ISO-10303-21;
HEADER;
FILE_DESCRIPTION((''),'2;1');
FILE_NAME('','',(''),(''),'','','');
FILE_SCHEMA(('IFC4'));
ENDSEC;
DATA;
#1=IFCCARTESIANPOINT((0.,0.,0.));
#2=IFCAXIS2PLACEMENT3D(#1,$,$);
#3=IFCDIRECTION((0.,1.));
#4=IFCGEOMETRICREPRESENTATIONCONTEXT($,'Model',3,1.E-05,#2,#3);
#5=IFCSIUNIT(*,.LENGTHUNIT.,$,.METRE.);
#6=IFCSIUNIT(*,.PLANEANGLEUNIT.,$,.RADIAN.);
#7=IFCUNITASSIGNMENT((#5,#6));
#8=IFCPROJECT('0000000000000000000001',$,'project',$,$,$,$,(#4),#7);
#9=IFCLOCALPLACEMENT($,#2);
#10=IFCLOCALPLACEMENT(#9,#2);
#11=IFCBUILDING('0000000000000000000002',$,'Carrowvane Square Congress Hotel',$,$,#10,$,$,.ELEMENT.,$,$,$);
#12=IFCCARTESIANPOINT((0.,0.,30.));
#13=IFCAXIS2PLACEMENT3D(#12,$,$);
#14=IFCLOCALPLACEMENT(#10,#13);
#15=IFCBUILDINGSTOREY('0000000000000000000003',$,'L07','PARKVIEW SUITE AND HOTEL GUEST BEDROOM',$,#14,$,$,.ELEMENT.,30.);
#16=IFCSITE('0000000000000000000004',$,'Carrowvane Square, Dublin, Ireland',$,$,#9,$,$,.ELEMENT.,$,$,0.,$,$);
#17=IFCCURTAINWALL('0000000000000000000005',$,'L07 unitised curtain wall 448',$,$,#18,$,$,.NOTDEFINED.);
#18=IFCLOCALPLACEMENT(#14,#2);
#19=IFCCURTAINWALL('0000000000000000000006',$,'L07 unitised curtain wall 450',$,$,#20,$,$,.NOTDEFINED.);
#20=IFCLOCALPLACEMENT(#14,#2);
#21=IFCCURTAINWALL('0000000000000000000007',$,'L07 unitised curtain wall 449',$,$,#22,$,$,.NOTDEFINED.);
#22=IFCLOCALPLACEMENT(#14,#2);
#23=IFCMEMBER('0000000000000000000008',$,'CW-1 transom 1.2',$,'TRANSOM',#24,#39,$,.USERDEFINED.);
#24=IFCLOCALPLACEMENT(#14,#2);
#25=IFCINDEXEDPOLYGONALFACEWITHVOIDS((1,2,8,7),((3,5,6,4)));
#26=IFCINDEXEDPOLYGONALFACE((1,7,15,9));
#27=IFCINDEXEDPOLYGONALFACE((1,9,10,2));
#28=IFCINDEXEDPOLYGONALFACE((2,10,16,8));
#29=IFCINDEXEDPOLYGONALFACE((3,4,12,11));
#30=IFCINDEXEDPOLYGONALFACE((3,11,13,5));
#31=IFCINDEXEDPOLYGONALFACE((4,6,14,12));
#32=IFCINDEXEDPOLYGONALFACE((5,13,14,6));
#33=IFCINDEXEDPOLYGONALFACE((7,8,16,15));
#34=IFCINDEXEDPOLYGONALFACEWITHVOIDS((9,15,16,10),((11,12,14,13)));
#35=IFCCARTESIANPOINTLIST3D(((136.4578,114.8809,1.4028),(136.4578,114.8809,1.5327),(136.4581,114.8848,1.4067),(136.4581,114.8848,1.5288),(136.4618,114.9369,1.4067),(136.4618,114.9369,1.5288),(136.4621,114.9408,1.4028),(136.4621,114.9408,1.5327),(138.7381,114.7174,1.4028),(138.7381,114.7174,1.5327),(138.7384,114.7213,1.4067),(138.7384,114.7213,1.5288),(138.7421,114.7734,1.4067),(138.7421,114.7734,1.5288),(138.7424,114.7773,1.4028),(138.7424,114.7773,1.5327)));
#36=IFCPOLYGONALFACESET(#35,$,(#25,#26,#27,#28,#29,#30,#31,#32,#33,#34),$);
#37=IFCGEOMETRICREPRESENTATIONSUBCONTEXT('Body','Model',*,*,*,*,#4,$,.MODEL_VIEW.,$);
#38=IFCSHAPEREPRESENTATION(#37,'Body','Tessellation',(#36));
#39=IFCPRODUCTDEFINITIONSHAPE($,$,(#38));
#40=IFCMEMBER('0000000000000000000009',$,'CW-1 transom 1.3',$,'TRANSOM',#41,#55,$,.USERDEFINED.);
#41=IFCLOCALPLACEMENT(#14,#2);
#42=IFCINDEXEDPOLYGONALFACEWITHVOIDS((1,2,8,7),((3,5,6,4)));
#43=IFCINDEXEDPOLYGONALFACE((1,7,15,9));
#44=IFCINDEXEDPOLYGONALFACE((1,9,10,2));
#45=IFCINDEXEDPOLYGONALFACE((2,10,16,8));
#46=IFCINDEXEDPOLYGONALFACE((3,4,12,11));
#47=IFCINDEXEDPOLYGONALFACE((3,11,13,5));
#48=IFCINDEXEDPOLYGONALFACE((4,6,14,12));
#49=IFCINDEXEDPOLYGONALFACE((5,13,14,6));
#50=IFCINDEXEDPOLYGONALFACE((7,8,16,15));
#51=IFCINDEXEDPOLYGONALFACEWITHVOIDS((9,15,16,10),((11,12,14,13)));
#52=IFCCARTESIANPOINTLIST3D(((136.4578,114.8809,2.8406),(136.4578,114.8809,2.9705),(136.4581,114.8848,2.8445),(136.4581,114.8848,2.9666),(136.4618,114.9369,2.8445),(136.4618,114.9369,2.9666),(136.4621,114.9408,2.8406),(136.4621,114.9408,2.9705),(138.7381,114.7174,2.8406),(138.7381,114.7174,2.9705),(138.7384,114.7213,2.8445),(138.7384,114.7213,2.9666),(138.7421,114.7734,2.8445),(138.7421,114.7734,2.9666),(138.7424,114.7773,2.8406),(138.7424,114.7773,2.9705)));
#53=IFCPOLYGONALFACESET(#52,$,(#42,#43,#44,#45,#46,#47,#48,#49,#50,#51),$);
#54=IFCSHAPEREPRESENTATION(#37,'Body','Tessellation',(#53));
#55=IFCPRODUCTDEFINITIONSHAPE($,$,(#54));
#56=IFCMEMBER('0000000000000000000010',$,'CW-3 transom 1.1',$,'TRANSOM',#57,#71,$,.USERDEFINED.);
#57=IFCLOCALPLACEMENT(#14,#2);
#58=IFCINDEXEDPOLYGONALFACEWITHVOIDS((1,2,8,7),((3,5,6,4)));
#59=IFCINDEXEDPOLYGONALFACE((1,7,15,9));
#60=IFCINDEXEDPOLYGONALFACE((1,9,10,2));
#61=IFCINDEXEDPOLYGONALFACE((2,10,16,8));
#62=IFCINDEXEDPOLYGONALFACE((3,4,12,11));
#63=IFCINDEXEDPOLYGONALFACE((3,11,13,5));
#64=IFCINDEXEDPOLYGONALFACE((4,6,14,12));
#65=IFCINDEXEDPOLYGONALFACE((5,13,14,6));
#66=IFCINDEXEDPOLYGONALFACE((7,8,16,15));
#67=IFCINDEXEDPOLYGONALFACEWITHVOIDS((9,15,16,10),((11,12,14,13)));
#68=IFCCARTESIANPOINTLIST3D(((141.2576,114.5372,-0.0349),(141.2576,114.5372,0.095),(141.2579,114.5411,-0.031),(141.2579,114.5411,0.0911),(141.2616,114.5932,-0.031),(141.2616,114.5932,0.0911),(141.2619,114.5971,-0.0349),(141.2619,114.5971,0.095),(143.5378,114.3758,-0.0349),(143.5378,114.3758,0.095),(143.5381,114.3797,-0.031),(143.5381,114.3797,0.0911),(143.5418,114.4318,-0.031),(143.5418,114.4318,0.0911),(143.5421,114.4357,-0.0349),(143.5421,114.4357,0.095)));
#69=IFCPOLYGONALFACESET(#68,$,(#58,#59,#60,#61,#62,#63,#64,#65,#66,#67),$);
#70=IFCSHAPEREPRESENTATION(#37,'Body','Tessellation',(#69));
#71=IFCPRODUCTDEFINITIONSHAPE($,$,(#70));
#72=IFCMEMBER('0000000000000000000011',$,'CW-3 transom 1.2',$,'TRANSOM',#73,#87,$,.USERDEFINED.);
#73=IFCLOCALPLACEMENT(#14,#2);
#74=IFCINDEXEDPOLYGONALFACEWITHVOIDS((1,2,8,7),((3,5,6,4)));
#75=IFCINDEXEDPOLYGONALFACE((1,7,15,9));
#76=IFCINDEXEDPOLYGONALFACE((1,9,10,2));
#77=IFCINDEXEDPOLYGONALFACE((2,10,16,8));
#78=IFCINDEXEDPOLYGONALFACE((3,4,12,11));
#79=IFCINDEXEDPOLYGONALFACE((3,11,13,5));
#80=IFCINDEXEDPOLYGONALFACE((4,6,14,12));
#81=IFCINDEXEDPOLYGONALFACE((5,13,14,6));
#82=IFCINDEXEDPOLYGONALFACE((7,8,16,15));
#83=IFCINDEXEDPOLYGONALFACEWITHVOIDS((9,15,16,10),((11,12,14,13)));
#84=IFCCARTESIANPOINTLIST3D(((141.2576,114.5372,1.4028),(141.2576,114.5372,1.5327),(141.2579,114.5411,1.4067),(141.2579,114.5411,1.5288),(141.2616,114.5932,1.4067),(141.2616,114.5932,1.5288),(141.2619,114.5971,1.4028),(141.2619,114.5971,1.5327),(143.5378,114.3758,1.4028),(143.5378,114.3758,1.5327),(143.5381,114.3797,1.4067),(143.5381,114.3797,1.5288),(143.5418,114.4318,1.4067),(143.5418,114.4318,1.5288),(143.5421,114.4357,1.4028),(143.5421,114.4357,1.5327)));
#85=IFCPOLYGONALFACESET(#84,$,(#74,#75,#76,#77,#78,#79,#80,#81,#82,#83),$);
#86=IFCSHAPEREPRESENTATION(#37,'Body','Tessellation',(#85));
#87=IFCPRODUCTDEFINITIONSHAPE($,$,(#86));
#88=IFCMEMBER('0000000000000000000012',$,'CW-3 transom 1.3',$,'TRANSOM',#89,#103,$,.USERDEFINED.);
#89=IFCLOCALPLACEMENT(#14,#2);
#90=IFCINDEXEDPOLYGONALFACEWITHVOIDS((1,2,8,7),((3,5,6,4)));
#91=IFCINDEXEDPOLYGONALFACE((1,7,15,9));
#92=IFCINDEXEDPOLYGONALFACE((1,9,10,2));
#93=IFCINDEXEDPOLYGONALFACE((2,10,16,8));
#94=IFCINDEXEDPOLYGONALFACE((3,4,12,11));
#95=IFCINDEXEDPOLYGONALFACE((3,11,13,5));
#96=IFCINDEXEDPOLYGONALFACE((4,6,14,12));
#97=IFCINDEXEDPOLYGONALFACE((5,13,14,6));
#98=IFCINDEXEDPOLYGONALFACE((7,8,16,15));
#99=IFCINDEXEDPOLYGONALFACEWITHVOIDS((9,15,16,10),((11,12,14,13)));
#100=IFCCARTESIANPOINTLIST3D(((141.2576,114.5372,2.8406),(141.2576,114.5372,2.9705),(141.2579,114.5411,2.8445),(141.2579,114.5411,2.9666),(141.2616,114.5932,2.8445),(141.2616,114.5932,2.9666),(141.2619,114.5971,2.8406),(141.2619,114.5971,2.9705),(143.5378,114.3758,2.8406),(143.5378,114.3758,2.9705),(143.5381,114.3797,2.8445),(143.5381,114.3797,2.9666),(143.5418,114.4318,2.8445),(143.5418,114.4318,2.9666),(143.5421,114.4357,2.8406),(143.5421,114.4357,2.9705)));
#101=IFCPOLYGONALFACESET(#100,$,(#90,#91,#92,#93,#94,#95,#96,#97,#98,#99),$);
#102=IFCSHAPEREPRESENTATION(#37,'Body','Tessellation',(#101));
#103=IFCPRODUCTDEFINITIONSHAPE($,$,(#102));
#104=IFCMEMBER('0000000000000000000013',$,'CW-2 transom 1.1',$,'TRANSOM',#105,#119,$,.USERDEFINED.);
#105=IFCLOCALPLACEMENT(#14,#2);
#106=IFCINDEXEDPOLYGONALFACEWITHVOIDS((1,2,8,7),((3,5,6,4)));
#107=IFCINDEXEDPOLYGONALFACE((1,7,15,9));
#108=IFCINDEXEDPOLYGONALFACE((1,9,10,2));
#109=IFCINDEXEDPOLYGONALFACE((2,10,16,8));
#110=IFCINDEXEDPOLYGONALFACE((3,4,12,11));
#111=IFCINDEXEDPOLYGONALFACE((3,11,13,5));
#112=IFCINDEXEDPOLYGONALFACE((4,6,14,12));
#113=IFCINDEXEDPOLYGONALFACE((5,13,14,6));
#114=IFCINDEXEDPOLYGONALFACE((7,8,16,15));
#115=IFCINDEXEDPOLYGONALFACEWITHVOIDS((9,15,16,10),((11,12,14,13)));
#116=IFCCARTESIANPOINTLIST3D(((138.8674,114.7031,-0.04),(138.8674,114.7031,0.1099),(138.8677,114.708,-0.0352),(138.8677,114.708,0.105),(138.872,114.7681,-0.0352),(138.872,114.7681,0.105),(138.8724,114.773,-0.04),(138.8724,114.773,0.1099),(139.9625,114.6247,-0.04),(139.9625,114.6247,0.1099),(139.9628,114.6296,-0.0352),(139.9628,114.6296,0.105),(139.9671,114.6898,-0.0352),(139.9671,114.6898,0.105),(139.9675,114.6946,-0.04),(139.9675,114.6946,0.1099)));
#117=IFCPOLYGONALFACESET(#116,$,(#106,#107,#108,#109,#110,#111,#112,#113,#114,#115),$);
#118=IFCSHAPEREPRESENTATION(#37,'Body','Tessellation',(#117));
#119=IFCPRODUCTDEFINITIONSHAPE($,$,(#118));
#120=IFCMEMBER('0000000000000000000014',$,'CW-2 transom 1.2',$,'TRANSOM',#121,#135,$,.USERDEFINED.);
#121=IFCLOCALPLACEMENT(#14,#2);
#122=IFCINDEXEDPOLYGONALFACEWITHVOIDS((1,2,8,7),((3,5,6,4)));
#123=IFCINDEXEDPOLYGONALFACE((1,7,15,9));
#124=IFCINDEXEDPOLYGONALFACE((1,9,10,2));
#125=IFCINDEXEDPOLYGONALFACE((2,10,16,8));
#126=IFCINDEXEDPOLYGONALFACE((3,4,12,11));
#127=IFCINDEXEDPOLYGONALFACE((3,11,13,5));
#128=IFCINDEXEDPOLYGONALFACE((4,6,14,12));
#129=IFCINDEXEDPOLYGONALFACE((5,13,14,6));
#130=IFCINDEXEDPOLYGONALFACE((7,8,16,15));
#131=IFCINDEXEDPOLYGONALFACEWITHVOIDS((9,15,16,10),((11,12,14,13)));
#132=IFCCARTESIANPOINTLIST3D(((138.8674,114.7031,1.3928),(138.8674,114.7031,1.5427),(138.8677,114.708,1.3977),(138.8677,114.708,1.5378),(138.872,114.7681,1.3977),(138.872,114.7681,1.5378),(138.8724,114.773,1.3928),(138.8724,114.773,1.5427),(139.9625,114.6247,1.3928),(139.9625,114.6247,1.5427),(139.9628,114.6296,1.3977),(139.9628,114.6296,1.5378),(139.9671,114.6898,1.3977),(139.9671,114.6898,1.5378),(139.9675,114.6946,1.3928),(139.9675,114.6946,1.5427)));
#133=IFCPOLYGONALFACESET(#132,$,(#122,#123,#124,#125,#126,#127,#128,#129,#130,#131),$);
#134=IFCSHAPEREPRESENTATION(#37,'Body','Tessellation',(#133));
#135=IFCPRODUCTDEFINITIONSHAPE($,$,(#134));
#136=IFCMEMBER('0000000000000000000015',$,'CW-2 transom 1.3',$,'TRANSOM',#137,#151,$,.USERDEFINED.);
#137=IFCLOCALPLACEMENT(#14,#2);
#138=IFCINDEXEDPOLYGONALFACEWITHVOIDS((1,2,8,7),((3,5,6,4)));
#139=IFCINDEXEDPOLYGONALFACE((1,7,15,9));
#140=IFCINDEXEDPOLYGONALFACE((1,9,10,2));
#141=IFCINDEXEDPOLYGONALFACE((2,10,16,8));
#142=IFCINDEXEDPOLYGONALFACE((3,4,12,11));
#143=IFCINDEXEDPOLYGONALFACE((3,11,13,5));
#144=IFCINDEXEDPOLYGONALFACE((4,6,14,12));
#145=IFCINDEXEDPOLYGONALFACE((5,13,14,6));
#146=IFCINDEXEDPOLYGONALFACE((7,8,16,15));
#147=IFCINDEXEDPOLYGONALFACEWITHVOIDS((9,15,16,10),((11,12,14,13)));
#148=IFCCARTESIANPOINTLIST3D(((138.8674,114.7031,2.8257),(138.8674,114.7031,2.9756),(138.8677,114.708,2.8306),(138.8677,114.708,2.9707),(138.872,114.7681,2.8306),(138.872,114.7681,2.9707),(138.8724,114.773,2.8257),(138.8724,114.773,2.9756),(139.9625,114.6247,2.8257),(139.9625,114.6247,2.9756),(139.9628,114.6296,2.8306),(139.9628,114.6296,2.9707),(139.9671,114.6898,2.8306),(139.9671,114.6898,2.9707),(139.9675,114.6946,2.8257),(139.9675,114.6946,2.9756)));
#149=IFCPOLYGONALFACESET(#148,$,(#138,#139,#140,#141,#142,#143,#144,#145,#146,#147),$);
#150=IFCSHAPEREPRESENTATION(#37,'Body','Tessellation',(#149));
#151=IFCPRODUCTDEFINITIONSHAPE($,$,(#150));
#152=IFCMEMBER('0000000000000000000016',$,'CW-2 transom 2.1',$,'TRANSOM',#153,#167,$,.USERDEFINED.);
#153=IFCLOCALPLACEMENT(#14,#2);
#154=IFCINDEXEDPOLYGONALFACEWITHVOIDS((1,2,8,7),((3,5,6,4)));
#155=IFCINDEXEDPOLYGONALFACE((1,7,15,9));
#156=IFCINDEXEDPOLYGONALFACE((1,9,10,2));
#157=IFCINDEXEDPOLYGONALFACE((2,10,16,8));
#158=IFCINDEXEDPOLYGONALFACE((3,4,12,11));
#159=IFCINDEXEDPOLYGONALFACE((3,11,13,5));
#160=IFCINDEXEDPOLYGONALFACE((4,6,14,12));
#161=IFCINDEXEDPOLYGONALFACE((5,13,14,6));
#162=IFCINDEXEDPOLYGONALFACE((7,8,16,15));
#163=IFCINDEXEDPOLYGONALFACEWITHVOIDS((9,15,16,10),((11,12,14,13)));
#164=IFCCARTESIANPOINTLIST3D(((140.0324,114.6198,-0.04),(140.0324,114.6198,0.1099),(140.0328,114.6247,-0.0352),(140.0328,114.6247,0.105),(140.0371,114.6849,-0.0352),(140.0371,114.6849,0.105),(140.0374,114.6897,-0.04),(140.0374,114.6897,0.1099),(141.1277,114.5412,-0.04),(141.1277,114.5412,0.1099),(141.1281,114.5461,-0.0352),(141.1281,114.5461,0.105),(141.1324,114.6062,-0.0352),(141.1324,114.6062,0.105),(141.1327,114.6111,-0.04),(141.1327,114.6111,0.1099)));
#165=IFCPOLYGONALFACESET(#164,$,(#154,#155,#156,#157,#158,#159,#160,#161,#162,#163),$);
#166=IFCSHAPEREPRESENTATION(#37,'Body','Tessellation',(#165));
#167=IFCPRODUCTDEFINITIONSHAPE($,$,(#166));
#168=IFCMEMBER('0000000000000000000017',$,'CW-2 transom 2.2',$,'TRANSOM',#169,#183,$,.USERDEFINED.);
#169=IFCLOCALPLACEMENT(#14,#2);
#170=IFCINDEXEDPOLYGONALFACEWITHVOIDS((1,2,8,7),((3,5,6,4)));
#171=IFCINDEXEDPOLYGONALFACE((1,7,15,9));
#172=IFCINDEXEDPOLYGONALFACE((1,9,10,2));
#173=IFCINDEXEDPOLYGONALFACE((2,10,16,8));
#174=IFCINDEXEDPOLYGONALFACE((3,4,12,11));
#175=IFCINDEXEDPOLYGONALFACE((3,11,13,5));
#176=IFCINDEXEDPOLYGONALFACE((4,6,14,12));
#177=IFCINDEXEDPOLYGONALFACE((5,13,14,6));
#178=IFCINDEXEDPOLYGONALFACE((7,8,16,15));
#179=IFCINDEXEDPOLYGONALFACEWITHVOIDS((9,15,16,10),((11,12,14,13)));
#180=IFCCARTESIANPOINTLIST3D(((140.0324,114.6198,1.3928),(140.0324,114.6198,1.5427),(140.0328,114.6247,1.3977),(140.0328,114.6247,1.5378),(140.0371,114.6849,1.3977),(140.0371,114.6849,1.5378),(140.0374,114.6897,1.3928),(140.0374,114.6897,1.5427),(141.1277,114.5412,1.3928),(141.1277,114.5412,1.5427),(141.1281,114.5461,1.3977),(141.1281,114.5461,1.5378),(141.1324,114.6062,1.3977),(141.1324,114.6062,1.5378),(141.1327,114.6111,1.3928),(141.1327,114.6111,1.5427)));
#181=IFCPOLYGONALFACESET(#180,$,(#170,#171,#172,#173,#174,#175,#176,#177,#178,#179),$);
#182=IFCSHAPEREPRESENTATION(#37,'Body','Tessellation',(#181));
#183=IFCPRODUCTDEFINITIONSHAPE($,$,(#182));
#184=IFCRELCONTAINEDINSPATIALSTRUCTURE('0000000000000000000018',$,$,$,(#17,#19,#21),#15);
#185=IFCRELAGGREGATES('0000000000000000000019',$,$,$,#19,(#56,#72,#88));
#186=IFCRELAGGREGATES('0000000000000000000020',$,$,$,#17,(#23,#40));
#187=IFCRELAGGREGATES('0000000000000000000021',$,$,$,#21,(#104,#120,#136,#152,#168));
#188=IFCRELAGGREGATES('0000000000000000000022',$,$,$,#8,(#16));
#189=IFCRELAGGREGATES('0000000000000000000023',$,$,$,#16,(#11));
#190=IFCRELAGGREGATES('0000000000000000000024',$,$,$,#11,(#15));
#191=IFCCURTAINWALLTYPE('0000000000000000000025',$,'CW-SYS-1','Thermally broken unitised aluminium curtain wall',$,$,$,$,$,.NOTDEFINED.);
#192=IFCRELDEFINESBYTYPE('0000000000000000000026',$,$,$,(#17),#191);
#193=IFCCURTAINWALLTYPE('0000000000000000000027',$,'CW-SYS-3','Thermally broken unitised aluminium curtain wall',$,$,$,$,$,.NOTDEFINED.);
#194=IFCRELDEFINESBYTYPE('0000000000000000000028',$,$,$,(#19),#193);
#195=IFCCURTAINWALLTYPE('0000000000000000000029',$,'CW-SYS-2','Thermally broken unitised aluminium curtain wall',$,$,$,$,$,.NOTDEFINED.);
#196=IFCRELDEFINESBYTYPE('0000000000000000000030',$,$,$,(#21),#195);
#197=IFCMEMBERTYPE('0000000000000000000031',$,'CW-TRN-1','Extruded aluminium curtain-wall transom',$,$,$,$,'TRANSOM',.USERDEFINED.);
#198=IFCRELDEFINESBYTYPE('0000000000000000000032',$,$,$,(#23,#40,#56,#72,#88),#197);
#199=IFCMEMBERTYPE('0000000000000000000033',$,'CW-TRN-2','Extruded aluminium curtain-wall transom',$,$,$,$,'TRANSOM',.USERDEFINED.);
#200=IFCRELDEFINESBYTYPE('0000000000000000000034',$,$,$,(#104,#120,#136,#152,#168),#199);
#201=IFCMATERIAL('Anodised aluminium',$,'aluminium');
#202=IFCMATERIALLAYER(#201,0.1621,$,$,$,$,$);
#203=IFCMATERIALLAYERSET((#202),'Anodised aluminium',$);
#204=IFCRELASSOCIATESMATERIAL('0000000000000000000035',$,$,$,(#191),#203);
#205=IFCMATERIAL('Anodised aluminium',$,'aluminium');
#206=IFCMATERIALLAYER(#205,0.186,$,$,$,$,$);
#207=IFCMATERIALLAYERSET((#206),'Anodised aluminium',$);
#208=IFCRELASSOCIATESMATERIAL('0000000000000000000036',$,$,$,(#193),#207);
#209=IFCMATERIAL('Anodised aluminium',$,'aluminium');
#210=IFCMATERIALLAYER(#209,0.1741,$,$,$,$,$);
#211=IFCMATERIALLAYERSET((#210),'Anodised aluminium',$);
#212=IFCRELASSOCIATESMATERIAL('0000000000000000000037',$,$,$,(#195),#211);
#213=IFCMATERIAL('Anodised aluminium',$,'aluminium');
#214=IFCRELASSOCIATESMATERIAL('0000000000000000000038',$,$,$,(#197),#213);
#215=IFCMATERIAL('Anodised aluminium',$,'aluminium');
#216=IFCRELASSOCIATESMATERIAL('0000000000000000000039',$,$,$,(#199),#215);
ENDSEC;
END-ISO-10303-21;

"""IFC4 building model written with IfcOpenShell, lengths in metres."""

from ifc_helpers import new_model, si_unit, direction, frame, origin, origin_2d, place, context, subcontext, project, spatial, hollow_rectangle, extrude, material, layer, layer_set, material_profile, profile_set, type_object, element, aggregate, save


model = new_model("IFC4")

# Units and contexts
model_context = context("Model", 3, precision=1e-05, world=origin(), true_north=direction((0.0, 1.0)))
body_context = subcontext(model_context, "Body", "Model", "MODEL_VIEW")
ifc_project = project(units=[si_unit("LENGTHUNIT", "METRE"), si_unit("PLANEANGLEUNIT", "RADIAN")], contexts=[model_context])

# Site, building, storey
site_placement = place(None, origin())
site = spatial("IfcSite", under=ifc_project, at=site_placement, Name="Carrowvane Square, Dublin, Ireland", CompositionType="ELEMENT", RefElevation=0.0)
building_placement = place(site_placement, origin())
building = spatial("IfcBuilding", under=site, at=building_placement, Name="Carrowvane Square Congress Hotel", CompositionType="ELEMENT")
storey_placement = place(building_placement, frame((0.0, 0.0, 30.0)))
storey = spatial("IfcBuildingStorey", under=building, at=storey_placement, Name="L07", Description="PARKVIEW SUITE AND HOTEL GUEST BEDROOM", CompositionType="ELEMENT", Elevation=30.0)

# Curtain walls
ifc_material_1 = material(Name="Anodised aluminium", Category="aluminium")
ifc_layer_1 = layer(ifc_material_1, 0.1621)
ifc_layer_set_1 = layer_set([ifc_layer_1], Name="Anodised aluminium")
curtain_wall_type_1 = type_object("IfcCurtainWallType", Name="CW-SYS-1", Description="Thermally broken unitised aluminium curtain wall", PredefinedType="NOTDEFINED", material=ifc_layer_set_1)
curtain_wall_1_placement = place(storey_placement, origin())
curtain_wall_1 = element("IfcCurtainWall", 1, at=curtain_wall_1_placement, inside=storey, type_object=curtain_wall_type_1, Name="L07 unitised curtain wall 448", PredefinedType="NOTDEFINED")
ifc_material_2 = material(Name="Anodised aluminium", Category="aluminium")
ifc_layer_2 = layer(ifc_material_2, 0.186)
ifc_layer_set_2 = layer_set([ifc_layer_2], Name="Anodised aluminium")
curtain_wall_type_2 = type_object("IfcCurtainWallType", Name="CW-SYS-3", Description="Thermally broken unitised aluminium curtain wall", PredefinedType="NOTDEFINED", material=ifc_layer_set_2)
curtain_wall_2_placement = place(storey_placement, origin())
curtain_wall_2 = element("IfcCurtainWall", 2, at=curtain_wall_2_placement, inside=storey, type_object=curtain_wall_type_2, Name="L07 unitised curtain wall 450", PredefinedType="NOTDEFINED")

# Curtain wall
ifc_material_3 = material(Name="Anodised aluminium", Category="aluminium")
ifc_layer_3 = layer(ifc_material_3, 0.1741)
ifc_layer_set_3 = layer_set([ifc_layer_3], Name="Anodised aluminium")
curtain_wall_type_3 = type_object("IfcCurtainWallType", Name="CW-SYS-2", Description="Thermally broken unitised aluminium curtain wall", PredefinedType="NOTDEFINED", material=ifc_layer_set_3)
curtain_wall_3_placement = place(storey_placement, origin())
curtain_wall_3 = element("IfcCurtainWall", 3, at=curtain_wall_3_placement, inside=storey, type_object=curtain_wall_type_3, Name="L07 unitised curtain wall 449", PredefinedType="NOTDEFINED")

# Members
ifc_material_4 = material(Name="Anodised aluminium", Category="aluminium")
ifc_material_profile_1 = material_profile(ifc_material_4, hollow_rectangle(XDim=0.0601, YDim=0.1299, WallThickness=0.0039, at=origin_2d()), Name="CW-TR 60x130x4")
ifc_profile_set_1 = profile_set([ifc_material_profile_1], Name="Anodised aluminium")
member_type_1 = type_object("IfcMemberType", Name="CW-TRN-1", Description="Extruded aluminium curtain-wall transom", ElementType="TRANSOM", PredefinedType="USERDEFINED", material=ifc_profile_set_1)
member_1_placement = place(storey_placement, frame((136.46, 114.9109, 1.4678), z_axis=(0.997437, -0.071551, 0.0), x_axis=(0.071551, 0.997437, 0.0)))
member_1 = element("IfcMember", 4, at=member_1_placement, type_object=member_type_1, Name="CW-1 transom 1.2", ObjectType="TRANSOM", PredefinedType="USERDEFINED", context=body_context, shape_type="SweptSolid", body=[
    extrude(hollow_rectangle(XDim=0.0601, YDim=0.1299, WallThickness=0.0039, at=origin_2d()), origin(), (0.0, 0.0, 1.0), 2.2861),
])
member_2_placement = place(storey_placement, frame((136.46, 114.9109, 2.9055), z_axis=(0.997437, -0.071551, 0.0), x_axis=(0.071551, 0.997437, 0.0)))
member_2 = element("IfcMember", 5, at=member_2_placement, type_object=member_type_1, Name="CW-1 transom 1.3", ObjectType="TRANSOM", PredefinedType="USERDEFINED", context=body_context, shape_type="SweptSolid", body=[
    extrude(hollow_rectangle(XDim=0.0601, YDim=0.1299, WallThickness=0.0039, at=origin_2d()), origin(), (0.0, 0.0, 1.0), 2.2861),
])
member_3_placement = place(storey_placement, frame((141.2598, 114.5671, 0.03), z_axis=(0.997505, -0.070594, 0.0), x_axis=(0.070594, 0.997505, 0.0)))
member_3 = element("IfcMember", 6, at=member_3_placement, type_object=member_type_1, Name="CW-3 transom 1.1", ObjectType="TRANSOM", PredefinedType="USERDEFINED", context=body_context, shape_type="SweptSolid", body=[
    extrude(hollow_rectangle(XDim=0.0601, YDim=0.1299, WallThickness=0.0039, at=origin_2d()), origin(), (0.0, 0.0, 1.0), 2.2859),
])
member_4_placement = place(storey_placement, frame((141.2598, 114.5671, 1.4678), z_axis=(0.997505, -0.070594, 0.0), x_axis=(0.070594, 0.997505, 0.0)))
member_4 = element("IfcMember", 7, at=member_4_placement, type_object=member_type_1, Name="CW-3 transom 1.2", ObjectType="TRANSOM", PredefinedType="USERDEFINED", context=body_context, shape_type="SweptSolid", body=[
    extrude(hollow_rectangle(XDim=0.0601, YDim=0.1299, WallThickness=0.0039, at=origin_2d()), origin(), (0.0, 0.0, 1.0), 2.2859),
])
member_5_placement = place(storey_placement, frame((141.2598, 114.5671, 2.9055), z_axis=(0.997505, -0.070594, 0.0), x_axis=(0.070594, 0.997505, 0.0)))
member_5 = element("IfcMember", 8, at=member_5_placement, type_object=member_type_1, Name="CW-3 transom 1.3", ObjectType="TRANSOM", PredefinedType="USERDEFINED", context=body_context, shape_type="SweptSolid", body=[
    extrude(hollow_rectangle(XDim=0.0601, YDim=0.1299, WallThickness=0.0039, at=origin_2d()), origin(), (0.0, 0.0, 1.0), 2.2859),
])
ifc_material_5 = material(Name="Anodised aluminium", Category="aluminium")
ifc_material_profile_2 = material_profile(ifc_material_5, hollow_rectangle(XDim=0.0701, YDim=0.1499, WallThickness=0.0049, at=origin_2d()), Name="CW-TR 70x150x5")
ifc_profile_set_2 = profile_set([ifc_material_profile_2], Name="Anodised aluminium")
member_type_2 = type_object("IfcMemberType", Name="CW-TRN-2", Description="Extruded aluminium curtain-wall transom", ElementType="TRANSOM", PredefinedType="USERDEFINED", material=ifc_profile_set_2)
member_6_placement = place(storey_placement, frame((138.8699, 114.738, 0.0349), z_axis=(0.99745, -0.071373, 0.0), x_axis=(0.071373, 0.99745, 0.0)))
member_6 = element("IfcMember", 9, at=member_6_placement, type_object=member_type_2, Name="CW-2 transom 1.1", ObjectType="TRANSOM", PredefinedType="USERDEFINED", context=body_context, shape_type="SweptSolid", body=[
    extrude(hollow_rectangle(XDim=0.0701, YDim=0.1499, WallThickness=0.0049, at=origin_2d()), origin(), (0.0, 0.0, 1.0), 1.0979),
])
member_7_placement = place(storey_placement, frame((138.8699, 114.738, 1.4678), z_axis=(0.99745, -0.071373, 0.0), x_axis=(0.071373, 0.99745, 0.0)))
member_7 = element("IfcMember", 10, at=member_7_placement, type_object=member_type_2, Name="CW-2 transom 1.2", ObjectType="TRANSOM", PredefinedType="USERDEFINED", context=body_context, shape_type="SweptSolid", body=[
    extrude(hollow_rectangle(XDim=0.0701, YDim=0.1499, WallThickness=0.0049, at=origin_2d()), origin(), (0.0, 0.0, 1.0), 1.0979),
])
member_8_placement = place(storey_placement, frame((138.8699, 114.738, 2.9006), z_axis=(0.99745, -0.071373, 0.0), x_axis=(0.071373, 0.99745, 0.0)))
member_8 = element("IfcMember", 11, at=member_8_placement, type_object=member_type_2, Name="CW-2 transom 1.3", ObjectType="TRANSOM", PredefinedType="USERDEFINED", context=body_context, shape_type="SweptSolid", body=[
    extrude(hollow_rectangle(XDim=0.0701, YDim=0.1499, WallThickness=0.0049, at=origin_2d()), origin(), (0.0, 0.0, 1.0), 1.0979),
])
member_9_placement = place(storey_placement, frame((140.0349, 114.6548, 0.0349), z_axis=(0.997434, -0.071595, 0.0), x_axis=(0.071595, 0.997434, 0.0)))
member_9 = element("IfcMember", 12, at=member_9_placement, type_object=member_type_2, Name="CW-2 transom 2.1", ObjectType="TRANSOM", PredefinedType="USERDEFINED", context=body_context, shape_type="SweptSolid", body=[
    extrude(hollow_rectangle(XDim=0.0701, YDim=0.1499, WallThickness=0.0049, at=origin_2d()), origin(), (0.0, 0.0, 1.0), 1.0981),
])
member_10_placement = place(storey_placement, frame((140.0349, 114.6548, 1.4678), z_axis=(0.997434, -0.071595, 0.0), x_axis=(0.071595, 0.997434, 0.0)))
member_10 = element("IfcMember", 13, at=member_10_placement, type_object=member_type_2, Name="CW-2 transom 2.2", ObjectType="TRANSOM", PredefinedType="USERDEFINED", context=body_context, shape_type="SweptSolid", body=[
    extrude(hollow_rectangle(XDim=0.0701, YDim=0.1499, WallThickness=0.0049, at=origin_2d()), origin(), (0.0, 0.0, 1.0), 1.0981),
])

aggregate(curtain_wall_2, [member_3, member_4, member_5])
aggregate(curtain_wall_1, [member_1, member_2])
aggregate(curtain_wall_3, [member_6, member_7, member_8, member_9, member_10])

save(model, "model.ifc")
